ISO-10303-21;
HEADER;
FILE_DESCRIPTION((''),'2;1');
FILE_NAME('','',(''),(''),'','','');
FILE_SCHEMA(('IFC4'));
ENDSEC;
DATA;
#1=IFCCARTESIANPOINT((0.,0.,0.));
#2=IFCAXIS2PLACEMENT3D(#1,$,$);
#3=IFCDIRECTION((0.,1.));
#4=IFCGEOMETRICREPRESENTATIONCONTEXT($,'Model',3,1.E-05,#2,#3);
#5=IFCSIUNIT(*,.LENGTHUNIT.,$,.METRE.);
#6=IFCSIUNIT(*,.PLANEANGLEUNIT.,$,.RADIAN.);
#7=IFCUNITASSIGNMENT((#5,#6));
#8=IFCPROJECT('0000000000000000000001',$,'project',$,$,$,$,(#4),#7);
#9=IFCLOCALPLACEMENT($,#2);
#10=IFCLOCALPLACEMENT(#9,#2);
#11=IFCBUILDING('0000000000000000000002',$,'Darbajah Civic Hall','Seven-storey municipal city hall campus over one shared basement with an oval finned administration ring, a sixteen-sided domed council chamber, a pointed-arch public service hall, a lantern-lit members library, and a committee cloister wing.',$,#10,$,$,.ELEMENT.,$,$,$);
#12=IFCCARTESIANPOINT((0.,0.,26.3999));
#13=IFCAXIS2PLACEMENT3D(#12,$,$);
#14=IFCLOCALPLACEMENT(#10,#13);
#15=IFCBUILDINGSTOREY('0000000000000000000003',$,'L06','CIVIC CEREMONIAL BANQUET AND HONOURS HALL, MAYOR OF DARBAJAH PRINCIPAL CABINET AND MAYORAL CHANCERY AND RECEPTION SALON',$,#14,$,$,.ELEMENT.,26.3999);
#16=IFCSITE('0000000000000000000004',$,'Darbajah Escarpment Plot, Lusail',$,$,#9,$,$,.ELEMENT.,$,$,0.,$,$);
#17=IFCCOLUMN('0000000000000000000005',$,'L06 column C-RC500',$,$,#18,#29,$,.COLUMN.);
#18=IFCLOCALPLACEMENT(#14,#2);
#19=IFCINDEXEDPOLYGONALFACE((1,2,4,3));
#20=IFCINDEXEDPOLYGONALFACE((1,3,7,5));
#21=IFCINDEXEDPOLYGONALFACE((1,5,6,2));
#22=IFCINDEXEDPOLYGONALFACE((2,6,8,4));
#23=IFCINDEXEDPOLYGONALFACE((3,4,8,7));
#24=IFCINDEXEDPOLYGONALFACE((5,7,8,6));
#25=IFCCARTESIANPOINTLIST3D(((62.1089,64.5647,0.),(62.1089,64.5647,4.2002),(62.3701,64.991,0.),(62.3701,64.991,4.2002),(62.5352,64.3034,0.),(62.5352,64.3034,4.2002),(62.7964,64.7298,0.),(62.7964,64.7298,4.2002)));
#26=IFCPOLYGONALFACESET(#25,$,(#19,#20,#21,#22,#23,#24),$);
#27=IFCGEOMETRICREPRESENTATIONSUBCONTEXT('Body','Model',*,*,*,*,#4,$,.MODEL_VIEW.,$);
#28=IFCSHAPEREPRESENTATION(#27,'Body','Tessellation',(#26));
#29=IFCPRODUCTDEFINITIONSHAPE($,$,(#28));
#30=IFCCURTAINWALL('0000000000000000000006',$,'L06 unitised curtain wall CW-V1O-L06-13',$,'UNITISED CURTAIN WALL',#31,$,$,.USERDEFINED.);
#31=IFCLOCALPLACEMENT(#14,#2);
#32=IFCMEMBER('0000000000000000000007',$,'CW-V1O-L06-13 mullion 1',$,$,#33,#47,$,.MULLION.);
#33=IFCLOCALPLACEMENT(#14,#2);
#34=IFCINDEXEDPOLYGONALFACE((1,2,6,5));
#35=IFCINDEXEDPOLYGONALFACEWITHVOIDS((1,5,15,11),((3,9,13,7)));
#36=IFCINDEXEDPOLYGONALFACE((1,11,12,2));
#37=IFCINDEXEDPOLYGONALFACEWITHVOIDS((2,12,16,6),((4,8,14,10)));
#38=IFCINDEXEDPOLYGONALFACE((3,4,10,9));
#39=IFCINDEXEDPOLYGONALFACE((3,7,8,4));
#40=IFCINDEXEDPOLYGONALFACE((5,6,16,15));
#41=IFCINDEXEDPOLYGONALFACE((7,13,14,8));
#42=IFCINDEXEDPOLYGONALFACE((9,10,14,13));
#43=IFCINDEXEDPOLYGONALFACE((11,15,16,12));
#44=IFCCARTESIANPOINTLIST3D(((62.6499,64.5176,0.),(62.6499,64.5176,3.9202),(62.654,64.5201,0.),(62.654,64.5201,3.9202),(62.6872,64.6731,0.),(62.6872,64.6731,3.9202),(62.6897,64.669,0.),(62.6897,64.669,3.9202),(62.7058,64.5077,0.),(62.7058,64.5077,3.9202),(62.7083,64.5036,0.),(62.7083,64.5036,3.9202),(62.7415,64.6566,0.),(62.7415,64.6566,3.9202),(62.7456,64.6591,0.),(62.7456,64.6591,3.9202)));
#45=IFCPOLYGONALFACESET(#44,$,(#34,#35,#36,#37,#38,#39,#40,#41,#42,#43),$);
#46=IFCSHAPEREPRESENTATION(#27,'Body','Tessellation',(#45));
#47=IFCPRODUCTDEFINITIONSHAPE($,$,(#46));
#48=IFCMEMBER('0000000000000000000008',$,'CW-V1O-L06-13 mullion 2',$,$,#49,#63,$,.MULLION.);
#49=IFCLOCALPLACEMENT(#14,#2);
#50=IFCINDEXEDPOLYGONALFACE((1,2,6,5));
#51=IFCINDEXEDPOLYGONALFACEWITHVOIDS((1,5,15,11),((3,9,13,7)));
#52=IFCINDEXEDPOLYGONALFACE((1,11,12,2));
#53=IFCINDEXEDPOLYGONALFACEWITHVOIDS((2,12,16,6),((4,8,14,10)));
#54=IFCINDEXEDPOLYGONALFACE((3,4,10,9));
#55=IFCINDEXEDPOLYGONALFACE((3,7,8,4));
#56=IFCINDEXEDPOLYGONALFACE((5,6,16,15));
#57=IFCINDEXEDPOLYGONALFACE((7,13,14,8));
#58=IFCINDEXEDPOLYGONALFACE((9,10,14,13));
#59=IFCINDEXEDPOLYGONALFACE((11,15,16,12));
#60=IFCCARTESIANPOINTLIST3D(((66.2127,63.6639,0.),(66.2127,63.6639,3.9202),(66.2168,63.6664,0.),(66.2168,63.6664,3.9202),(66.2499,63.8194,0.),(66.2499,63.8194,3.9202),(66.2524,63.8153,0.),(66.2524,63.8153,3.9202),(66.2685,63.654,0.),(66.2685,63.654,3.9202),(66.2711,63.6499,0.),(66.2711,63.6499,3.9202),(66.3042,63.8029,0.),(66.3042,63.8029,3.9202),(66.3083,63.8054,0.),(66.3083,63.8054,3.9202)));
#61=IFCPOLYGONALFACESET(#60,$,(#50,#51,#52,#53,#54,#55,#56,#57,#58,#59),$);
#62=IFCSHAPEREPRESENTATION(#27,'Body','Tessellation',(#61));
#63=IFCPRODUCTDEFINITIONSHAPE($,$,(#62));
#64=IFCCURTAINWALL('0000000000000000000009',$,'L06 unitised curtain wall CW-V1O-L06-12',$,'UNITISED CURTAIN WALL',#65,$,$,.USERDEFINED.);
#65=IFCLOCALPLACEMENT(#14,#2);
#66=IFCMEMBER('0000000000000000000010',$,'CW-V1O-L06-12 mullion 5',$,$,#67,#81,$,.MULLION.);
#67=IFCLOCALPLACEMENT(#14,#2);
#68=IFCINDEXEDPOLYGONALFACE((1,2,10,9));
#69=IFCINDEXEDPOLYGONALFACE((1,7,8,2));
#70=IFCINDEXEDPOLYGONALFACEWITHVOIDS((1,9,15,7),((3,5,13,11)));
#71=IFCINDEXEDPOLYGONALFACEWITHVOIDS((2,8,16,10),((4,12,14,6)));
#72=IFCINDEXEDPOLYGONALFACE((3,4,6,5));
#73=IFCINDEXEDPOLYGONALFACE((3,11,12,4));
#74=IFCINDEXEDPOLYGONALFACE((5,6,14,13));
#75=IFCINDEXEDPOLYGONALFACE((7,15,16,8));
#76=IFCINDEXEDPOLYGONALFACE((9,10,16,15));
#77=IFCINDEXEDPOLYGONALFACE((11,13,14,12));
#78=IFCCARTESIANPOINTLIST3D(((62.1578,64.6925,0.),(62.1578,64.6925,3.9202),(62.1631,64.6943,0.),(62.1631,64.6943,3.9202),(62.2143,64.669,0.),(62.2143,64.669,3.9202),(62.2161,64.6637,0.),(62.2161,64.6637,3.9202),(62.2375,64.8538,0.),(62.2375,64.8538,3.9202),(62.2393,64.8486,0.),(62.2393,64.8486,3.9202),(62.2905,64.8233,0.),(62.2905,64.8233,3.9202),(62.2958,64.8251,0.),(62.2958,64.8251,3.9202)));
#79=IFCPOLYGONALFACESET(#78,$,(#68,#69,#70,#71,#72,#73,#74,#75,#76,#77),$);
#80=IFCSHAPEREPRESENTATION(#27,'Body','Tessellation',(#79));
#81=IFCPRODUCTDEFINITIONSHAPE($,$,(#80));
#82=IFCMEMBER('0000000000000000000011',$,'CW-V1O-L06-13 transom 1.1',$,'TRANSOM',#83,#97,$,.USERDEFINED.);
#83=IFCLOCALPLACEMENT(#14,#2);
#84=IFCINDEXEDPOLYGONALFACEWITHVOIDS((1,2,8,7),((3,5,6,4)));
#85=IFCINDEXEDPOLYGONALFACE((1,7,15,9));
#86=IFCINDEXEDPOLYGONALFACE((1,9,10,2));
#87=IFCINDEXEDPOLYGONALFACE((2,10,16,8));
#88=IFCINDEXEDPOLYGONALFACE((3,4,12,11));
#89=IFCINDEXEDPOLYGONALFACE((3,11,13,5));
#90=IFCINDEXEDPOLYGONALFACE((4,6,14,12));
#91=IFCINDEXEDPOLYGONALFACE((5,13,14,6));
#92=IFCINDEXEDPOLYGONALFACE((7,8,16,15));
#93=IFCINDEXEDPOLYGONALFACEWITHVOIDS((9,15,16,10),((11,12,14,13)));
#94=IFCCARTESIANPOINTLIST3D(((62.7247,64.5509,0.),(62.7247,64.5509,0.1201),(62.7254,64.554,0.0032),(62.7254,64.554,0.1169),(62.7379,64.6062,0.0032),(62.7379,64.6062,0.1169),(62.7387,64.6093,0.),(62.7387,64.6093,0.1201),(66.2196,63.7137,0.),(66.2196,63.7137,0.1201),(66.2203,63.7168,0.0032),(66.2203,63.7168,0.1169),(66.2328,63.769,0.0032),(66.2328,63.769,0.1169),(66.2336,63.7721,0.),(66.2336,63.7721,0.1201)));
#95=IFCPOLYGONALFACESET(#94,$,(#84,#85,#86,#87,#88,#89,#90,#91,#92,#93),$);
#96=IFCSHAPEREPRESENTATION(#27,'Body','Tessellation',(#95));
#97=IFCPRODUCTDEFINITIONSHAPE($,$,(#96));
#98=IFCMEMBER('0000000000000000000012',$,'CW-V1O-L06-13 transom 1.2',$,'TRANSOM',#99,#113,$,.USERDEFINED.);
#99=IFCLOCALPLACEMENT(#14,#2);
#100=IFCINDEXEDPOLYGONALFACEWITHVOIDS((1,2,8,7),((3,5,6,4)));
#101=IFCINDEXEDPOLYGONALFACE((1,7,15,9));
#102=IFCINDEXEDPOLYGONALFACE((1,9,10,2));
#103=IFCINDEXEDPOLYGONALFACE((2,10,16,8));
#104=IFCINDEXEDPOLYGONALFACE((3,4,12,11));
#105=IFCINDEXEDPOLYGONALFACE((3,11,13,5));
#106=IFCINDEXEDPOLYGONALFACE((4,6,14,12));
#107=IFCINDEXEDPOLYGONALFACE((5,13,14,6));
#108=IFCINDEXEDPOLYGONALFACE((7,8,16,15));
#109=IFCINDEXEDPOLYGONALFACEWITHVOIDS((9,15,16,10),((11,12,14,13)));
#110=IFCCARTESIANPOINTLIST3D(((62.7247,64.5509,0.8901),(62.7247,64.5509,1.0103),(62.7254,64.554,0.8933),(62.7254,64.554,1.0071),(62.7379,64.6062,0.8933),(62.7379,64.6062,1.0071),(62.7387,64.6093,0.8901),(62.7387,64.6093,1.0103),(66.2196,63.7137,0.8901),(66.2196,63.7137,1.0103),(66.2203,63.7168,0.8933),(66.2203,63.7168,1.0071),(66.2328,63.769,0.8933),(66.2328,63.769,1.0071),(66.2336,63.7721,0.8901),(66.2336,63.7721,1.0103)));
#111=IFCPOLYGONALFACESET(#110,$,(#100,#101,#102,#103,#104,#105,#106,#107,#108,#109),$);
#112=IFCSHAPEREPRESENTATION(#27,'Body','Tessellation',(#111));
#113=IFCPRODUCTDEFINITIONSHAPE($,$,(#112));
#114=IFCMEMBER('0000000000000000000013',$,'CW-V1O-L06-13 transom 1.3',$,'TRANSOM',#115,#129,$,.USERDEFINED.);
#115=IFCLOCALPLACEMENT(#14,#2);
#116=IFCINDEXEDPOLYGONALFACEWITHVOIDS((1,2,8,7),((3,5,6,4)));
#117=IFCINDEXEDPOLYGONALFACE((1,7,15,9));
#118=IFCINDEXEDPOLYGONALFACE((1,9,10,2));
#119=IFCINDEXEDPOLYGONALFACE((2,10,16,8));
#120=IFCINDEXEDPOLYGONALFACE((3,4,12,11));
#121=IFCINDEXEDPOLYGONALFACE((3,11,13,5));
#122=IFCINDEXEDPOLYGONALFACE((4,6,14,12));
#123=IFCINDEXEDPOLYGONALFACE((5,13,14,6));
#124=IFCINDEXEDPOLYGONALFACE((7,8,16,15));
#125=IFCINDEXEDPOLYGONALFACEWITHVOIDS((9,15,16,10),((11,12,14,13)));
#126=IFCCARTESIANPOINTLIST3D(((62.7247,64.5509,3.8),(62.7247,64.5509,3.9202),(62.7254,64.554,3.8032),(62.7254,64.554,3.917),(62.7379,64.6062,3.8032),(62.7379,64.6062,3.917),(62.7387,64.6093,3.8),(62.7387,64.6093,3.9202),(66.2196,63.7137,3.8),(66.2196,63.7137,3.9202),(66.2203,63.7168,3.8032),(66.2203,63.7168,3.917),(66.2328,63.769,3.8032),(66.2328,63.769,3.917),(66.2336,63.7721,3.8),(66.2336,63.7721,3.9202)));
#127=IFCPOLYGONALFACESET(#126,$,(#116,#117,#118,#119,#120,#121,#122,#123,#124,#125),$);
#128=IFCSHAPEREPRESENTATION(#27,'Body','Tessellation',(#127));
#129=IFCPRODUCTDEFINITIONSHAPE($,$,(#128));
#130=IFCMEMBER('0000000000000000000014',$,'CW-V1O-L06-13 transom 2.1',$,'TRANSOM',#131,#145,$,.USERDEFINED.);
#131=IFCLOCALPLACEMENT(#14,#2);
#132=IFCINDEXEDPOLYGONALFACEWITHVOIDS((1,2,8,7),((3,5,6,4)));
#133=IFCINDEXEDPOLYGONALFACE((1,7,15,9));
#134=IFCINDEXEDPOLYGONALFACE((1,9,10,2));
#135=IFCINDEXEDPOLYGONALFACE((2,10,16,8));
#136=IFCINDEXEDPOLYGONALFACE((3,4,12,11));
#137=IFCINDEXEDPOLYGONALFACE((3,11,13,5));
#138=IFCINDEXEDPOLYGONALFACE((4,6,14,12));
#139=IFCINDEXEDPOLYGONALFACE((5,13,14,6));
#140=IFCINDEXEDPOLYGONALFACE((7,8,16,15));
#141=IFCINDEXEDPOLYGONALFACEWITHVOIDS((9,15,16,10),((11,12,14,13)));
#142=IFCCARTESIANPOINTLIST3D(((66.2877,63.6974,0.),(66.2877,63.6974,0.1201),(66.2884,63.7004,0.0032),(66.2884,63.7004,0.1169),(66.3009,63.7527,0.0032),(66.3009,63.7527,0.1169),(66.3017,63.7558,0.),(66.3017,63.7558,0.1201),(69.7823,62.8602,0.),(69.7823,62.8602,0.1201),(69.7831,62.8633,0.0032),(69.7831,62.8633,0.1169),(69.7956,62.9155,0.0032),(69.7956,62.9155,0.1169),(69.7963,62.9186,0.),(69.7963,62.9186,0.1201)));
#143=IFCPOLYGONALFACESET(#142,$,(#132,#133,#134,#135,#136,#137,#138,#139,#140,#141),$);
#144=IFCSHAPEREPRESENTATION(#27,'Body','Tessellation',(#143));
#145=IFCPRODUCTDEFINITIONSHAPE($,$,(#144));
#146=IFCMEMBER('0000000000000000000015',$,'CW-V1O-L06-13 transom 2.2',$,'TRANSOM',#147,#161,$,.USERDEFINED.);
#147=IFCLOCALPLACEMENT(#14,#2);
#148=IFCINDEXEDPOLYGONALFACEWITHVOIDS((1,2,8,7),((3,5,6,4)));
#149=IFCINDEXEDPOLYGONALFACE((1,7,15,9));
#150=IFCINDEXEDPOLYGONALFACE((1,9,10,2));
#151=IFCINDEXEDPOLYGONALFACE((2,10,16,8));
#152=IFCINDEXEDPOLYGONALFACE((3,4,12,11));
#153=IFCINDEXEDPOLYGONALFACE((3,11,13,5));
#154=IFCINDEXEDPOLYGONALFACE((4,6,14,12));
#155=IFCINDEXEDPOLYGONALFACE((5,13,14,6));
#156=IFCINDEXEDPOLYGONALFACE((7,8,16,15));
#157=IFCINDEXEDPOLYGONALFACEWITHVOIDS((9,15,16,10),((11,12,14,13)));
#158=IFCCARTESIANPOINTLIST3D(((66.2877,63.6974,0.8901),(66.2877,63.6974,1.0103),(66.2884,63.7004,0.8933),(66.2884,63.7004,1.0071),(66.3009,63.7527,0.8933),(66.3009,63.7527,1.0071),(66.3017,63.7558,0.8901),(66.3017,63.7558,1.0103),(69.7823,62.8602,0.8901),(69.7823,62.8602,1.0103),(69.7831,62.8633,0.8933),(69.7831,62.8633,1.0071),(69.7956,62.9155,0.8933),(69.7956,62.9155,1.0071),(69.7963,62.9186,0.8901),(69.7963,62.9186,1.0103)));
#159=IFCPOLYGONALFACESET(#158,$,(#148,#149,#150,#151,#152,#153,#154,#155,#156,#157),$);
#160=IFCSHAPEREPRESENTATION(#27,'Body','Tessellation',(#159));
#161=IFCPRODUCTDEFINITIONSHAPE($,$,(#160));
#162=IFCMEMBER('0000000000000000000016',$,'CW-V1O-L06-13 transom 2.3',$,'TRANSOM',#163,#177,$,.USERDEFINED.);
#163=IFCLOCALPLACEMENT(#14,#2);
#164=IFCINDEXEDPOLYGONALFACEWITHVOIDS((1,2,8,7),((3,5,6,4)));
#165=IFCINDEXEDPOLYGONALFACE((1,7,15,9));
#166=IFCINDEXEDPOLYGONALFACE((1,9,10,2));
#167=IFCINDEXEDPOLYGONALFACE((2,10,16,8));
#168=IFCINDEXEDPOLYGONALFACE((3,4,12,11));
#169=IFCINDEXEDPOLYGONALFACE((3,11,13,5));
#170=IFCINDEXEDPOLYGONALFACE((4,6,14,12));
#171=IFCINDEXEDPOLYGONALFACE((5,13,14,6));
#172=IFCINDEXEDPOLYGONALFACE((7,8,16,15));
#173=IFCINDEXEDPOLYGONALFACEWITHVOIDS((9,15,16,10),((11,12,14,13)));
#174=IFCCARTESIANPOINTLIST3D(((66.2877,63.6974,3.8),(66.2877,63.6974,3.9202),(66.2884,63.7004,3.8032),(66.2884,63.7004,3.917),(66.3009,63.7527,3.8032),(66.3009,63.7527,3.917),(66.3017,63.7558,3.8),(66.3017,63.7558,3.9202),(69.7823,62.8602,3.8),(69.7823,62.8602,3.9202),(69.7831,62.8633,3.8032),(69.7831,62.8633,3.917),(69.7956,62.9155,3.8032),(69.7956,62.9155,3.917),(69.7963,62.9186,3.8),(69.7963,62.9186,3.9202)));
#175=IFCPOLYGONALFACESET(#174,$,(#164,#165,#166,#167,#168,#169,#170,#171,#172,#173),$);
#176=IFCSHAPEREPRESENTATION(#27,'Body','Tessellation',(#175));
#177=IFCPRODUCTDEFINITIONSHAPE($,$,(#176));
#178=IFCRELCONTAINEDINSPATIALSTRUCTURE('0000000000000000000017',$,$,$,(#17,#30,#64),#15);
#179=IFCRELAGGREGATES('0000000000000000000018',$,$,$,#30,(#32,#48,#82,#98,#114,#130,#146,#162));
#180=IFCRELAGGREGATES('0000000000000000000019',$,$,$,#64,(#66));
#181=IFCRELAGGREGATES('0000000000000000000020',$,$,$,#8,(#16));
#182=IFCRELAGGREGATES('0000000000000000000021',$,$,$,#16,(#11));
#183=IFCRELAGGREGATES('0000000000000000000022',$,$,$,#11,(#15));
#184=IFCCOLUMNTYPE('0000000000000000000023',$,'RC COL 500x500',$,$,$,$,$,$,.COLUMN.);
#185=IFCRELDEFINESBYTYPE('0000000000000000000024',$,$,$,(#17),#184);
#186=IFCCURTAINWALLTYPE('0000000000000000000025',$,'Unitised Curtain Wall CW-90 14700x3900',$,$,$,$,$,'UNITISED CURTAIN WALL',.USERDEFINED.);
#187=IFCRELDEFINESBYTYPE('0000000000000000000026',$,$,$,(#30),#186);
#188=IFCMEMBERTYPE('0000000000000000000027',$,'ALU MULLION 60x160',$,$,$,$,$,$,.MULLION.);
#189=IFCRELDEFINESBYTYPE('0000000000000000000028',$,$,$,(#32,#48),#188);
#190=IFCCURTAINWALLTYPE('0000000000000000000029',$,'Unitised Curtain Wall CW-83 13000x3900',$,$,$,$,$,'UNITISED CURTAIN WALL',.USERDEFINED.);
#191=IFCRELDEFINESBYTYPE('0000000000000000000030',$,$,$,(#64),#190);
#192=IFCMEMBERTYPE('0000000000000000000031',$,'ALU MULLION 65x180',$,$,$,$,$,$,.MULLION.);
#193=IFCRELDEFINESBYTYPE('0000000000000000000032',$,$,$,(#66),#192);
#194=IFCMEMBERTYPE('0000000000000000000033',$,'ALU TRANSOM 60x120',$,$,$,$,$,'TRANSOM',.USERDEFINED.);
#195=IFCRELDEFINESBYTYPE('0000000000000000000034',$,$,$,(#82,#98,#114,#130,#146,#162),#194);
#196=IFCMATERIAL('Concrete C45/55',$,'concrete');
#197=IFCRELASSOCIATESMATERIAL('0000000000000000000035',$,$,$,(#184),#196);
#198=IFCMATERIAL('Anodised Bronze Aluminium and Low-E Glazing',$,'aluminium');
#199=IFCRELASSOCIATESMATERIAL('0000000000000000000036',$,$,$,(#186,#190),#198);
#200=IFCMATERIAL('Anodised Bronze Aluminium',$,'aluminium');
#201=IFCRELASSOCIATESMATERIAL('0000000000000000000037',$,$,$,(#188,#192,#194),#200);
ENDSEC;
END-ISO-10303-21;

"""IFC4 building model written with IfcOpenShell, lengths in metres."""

from ifc_helpers import new_model, si_unit, direction, frame, origin, origin_2d, place, context, subcontext, project, spatial, rectangle, hollow_rectangle, extrude, material, material_profile, profile_set, type_object, element, aggregate, save


model = new_model("IFC4")

# Units and contexts
model_context = context("Model", 3, precision=1e-05, world=origin(), true_north=direction((0.0, 1.0)))
body_context = subcontext(model_context, "Body", "Model", "MODEL_VIEW")
ifc_project = project(units=[si_unit("LENGTHUNIT", "METRE"), si_unit("PLANEANGLEUNIT", "RADIAN")], contexts=[model_context])

# Site, building, storey
site_placement = place(None, origin())
site = spatial("IfcSite", under=ifc_project, at=site_placement, Name="Darbajah Escarpment Plot, Lusail", CompositionType="ELEMENT", RefElevation=0.0)
building_placement = place(site_placement, origin())
building = spatial("IfcBuilding", under=site, at=building_placement, Name="Darbajah Civic Hall", Description="Seven-storey municipal city hall campus over one shared basement with an oval finned administration ring, a sixteen-sided domed council chamber, a pointed-arch public service hall, a lantern-lit members library, and a committee cloister wing.", CompositionType="ELEMENT")
storey_placement = place(building_placement, frame((0.0, 0.0, 26.3999)))
storey = spatial("IfcBuildingStorey", under=building, at=storey_placement, Name="L06", Description="CIVIC CEREMONIAL BANQUET AND HONOURS HALL, MAYOR OF DARBAJAH PRINCIPAL CABINET AND MAYORAL CHANCERY AND RECEPTION SALON", CompositionType="ELEMENT", Elevation=26.3999)

# Column
ifc_material_1 = material(Name="Concrete C45/55", Category="concrete")
ifc_material_profile_1 = material_profile(ifc_material_1, rectangle(XDim=0.5, YDim=0.5, at=origin_2d()), Name="RC COL 500x500")
ifc_profile_set_1 = profile_set([ifc_material_profile_1], Name="Concrete C45/55")
column_type = type_object("IfcColumnType", Name="RC COL 500x500", PredefinedType="COLUMN", material=ifc_profile_set_1)
column_placement = place(storey_placement, frame((62.4526, 64.6472, 0.0), z_axis=(0.0, 0.0, 1.0), x_axis=(-0.522499, -0.85264, 0.0)))
element("IfcColumn", 1, at=column_placement, inside=storey, type_object=column_type, Name="L06 column C-RC500", PredefinedType="COLUMN", context=body_context, shape_type="SweptSolid", body=[
    extrude(rectangle(XDim=0.5, YDim=0.5, at=origin_2d()), origin(), (0.0, 0.0, 1.0), 4.2002),
])

# Curtain wall, members
ifc_material_2 = material(Name="Anodised Bronze Aluminium and Low-E Glazing", Category="aluminium")
curtain_wall_type_1 = type_object("IfcCurtainWallType", Name="Unitised Curtain Wall CW-90 14700x3900", ElementType="UNITISED CURTAIN WALL", PredefinedType="USERDEFINED", material=ifc_material_2)
curtain_wall_1_placement = place(storey_placement, origin())
curtain_wall_1 = element("IfcCurtainWall", 2, at=curtain_wall_1_placement, inside=storey, type_object=curtain_wall_type_1, Name="L06 unitised curtain wall CW-V1O-L06-13", ObjectType="UNITISED CURTAIN WALL", PredefinedType="USERDEFINED")
ifc_material_3 = material(Name="Anodised Bronze Aluminium", Category="aluminium")
ifc_material_profile_2 = material_profile(ifc_material_3, hollow_rectangle(XDim=0.0601, YDim=0.1599, WallThickness=0.0034, at=origin_2d()), Name="ALU MULLION 60x160")
ifc_profile_set_2 = profile_set([ifc_material_profile_2], Name="Anodised Bronze Aluminium")
member_type_1 = type_object("IfcMemberType", Name="ALU MULLION 60x160", PredefinedType="MULLION", material=ifc_profile_set_2)
member_1_placement = place(storey_placement, frame((62.6978, 64.5884, 0.0), z_axis=(0.0, 0.0, 1.0), x_axis=(0.972492, -0.232936, 0.0)))
member_1 = element("IfcMember", 3, at=member_1_placement, type_object=member_type_1, Name="CW-V1O-L06-13 mullion 1", PredefinedType="MULLION", context=body_context, shape_type="SweptSolid", body=[
    extrude(hollow_rectangle(XDim=0.0601, YDim=0.1599, WallThickness=0.0034, at=origin_2d()), origin(), (0.0, 0.0, 1.0), 3.9202),
])
member_2_placement = place(storey_placement, frame((66.2605, 63.7346, 0.0), z_axis=(0.0, 0.0, 1.0), x_axis=(0.972492, -0.232936, 0.0)))
member_2 = element("IfcMember", 4, at=member_2_placement, type_object=member_type_1, Name="CW-V1O-L06-13 mullion 2", PredefinedType="MULLION", context=body_context, shape_type="SweptSolid", body=[
    extrude(hollow_rectangle(XDim=0.0601, YDim=0.1599, WallThickness=0.0034, at=origin_2d()), origin(), (0.0, 0.0, 1.0), 3.9202),
])

# Curtain wall, member
curtain_wall_type_2 = type_object("IfcCurtainWallType", Name="Unitised Curtain Wall CW-83 13000x3900", ElementType="UNITISED CURTAIN WALL", PredefinedType="USERDEFINED", material=ifc_material_2)
curtain_wall_2_placement = place(storey_placement, origin())
curtain_wall_2 = element("IfcCurtainWall", 5, at=curtain_wall_2_placement, inside=storey, type_object=curtain_wall_type_2, Name="L06 unitised curtain wall CW-V1O-L06-12", ObjectType="UNITISED CURTAIN WALL", PredefinedType="USERDEFINED")
ifc_material_profile_3 = material_profile(ifc_material_3, hollow_rectangle(XDim=0.0649, YDim=0.1799, WallThickness=0.0039, at=origin_2d()), Name="ALU MULLION 65x180")
ifc_profile_set_3 = profile_set([ifc_material_profile_3], Name="Anodised Bronze Aluminium")
member_type_2 = type_object("IfcMemberType", Name="ALU MULLION 65x180", PredefinedType="MULLION", material=ifc_profile_set_3)
member_3_placement = place(storey_placement, frame((62.2268, 64.7588, 0.0), z_axis=(0.0, 0.0, 1.0), x_axis=(0.896564, -0.442915, 0.0)))
member_3 = element("IfcMember", 6, at=member_3_placement, type_object=member_type_2, Name="CW-V1O-L06-12 mullion 5", PredefinedType="MULLION", context=body_context, shape_type="SweptSolid", body=[
    extrude(hollow_rectangle(XDim=0.0649, YDim=0.1799, WallThickness=0.0039, at=origin_2d()), origin(), (0.0, 0.0, 1.0), 3.9202),
])

# Members
ifc_material_profile_4 = material_profile(ifc_material_3, hollow_rectangle(XDim=0.0601, YDim=0.1201, WallThickness=0.0032, at=origin_2d()), Name="ALU TRANSOM 60x120")
ifc_profile_set_4 = profile_set([ifc_material_profile_4], Name="Anodised Bronze Aluminium")
member_type_3 = type_object("IfcMemberType", Name="ALU TRANSOM 60x120", ElementType="TRANSOM", PredefinedType="USERDEFINED", material=ifc_profile_set_4)
member_4_placement = place(storey_placement, frame((62.7317, 64.5801, 0.0601), z_axis=(0.972489, -0.232949, 0.0), x_axis=(0.232949, 0.972489, 0.0)))
member_4 = element("IfcMember", 7, at=member_4_placement, type_object=member_type_3, Name="CW-V1O-L06-13 transom 1.1", ObjectType="TRANSOM", PredefinedType="USERDEFINED", context=body_context, shape_type="SweptSolid", body=[
    extrude(hollow_rectangle(XDim=0.0601, YDim=0.1201, WallThickness=0.0032, at=origin_2d()), origin(), (0.0, 0.0, 1.0), 3.5938),
])
member_5_placement = place(storey_placement, frame((62.7317, 64.5801, 0.9502), z_axis=(0.972489, -0.232949, 0.0), x_axis=(0.232949, 0.972489, 0.0)))
member_5 = element("IfcMember", 8, at=member_5_placement, type_object=member_type_3, Name="CW-V1O-L06-13 transom 1.2", ObjectType="TRANSOM", PredefinedType="USERDEFINED", context=body_context, shape_type="SweptSolid", body=[
    extrude(hollow_rectangle(XDim=0.0601, YDim=0.1201, WallThickness=0.0032, at=origin_2d()), origin(), (0.0, 0.0, 1.0), 3.5938),
])
member_6_placement = place(storey_placement, frame((62.7317, 64.5801, 3.8601), z_axis=(0.972489, -0.232949, 0.0), x_axis=(0.232949, 0.972489, 0.0)))
member_6 = element("IfcMember", 9, at=member_6_placement, type_object=member_type_3, Name="CW-V1O-L06-13 transom 1.3", ObjectType="TRANSOM", PredefinedType="USERDEFINED", context=body_context, shape_type="SweptSolid", body=[
    extrude(hollow_rectangle(XDim=0.0601, YDim=0.1201, WallThickness=0.0032, at=origin_2d()), origin(), (0.0, 0.0, 1.0), 3.5938),
])
member_7_placement = place(storey_placement, frame((66.2947, 63.7266, 0.0601), z_axis=(0.972485, -0.232964, 0.0), x_axis=(0.232964, 0.972485, 0.0)))
member_7 = element("IfcMember", 10, at=member_7_placement, type_object=member_type_3, Name="CW-V1O-L06-13 transom 2.1", ObjectType="TRANSOM", PredefinedType="USERDEFINED", context=body_context, shape_type="SweptSolid", body=[
    extrude(hollow_rectangle(XDim=0.0601, YDim=0.1201, WallThickness=0.0032, at=origin_2d()), origin(), (0.0, 0.0, 1.0), 3.5935),
])
member_8_placement = place(storey_placement, frame((66.2947, 63.7266, 0.9502), z_axis=(0.972485, -0.232964, 0.0), x_axis=(0.232964, 0.972485, 0.0)))
member_8 = element("IfcMember", 11, at=member_8_placement, type_object=member_type_3, Name="CW-V1O-L06-13 transom 2.2", ObjectType="TRANSOM", PredefinedType="USERDEFINED", context=body_context, shape_type="SweptSolid", body=[
    extrude(hollow_rectangle(XDim=0.0601, YDim=0.1201, WallThickness=0.0032, at=origin_2d()), origin(), (0.0, 0.0, 1.0), 3.5935),
])
member_9_placement = place(storey_placement, frame((66.2947, 63.7266, 3.8601), z_axis=(0.972485, -0.232964, 0.0), x_axis=(0.232964, 0.972485, 0.0)))
member_9 = element("IfcMember", 12, at=member_9_placement, type_object=member_type_3, Name="CW-V1O-L06-13 transom 2.3", ObjectType="TRANSOM", PredefinedType="USERDEFINED", context=body_context, shape_type="SweptSolid", body=[
    extrude(hollow_rectangle(XDim=0.0601, YDim=0.1201, WallThickness=0.0032, at=origin_2d()), origin(), (0.0, 0.0, 1.0), 3.5935),
])

aggregate(curtain_wall_1, [member_1, member_2, member_4, member_5, member_6, member_7, member_8, member_9])
aggregate(curtain_wall_2, [member_3])

save(model, "model.ifc")
